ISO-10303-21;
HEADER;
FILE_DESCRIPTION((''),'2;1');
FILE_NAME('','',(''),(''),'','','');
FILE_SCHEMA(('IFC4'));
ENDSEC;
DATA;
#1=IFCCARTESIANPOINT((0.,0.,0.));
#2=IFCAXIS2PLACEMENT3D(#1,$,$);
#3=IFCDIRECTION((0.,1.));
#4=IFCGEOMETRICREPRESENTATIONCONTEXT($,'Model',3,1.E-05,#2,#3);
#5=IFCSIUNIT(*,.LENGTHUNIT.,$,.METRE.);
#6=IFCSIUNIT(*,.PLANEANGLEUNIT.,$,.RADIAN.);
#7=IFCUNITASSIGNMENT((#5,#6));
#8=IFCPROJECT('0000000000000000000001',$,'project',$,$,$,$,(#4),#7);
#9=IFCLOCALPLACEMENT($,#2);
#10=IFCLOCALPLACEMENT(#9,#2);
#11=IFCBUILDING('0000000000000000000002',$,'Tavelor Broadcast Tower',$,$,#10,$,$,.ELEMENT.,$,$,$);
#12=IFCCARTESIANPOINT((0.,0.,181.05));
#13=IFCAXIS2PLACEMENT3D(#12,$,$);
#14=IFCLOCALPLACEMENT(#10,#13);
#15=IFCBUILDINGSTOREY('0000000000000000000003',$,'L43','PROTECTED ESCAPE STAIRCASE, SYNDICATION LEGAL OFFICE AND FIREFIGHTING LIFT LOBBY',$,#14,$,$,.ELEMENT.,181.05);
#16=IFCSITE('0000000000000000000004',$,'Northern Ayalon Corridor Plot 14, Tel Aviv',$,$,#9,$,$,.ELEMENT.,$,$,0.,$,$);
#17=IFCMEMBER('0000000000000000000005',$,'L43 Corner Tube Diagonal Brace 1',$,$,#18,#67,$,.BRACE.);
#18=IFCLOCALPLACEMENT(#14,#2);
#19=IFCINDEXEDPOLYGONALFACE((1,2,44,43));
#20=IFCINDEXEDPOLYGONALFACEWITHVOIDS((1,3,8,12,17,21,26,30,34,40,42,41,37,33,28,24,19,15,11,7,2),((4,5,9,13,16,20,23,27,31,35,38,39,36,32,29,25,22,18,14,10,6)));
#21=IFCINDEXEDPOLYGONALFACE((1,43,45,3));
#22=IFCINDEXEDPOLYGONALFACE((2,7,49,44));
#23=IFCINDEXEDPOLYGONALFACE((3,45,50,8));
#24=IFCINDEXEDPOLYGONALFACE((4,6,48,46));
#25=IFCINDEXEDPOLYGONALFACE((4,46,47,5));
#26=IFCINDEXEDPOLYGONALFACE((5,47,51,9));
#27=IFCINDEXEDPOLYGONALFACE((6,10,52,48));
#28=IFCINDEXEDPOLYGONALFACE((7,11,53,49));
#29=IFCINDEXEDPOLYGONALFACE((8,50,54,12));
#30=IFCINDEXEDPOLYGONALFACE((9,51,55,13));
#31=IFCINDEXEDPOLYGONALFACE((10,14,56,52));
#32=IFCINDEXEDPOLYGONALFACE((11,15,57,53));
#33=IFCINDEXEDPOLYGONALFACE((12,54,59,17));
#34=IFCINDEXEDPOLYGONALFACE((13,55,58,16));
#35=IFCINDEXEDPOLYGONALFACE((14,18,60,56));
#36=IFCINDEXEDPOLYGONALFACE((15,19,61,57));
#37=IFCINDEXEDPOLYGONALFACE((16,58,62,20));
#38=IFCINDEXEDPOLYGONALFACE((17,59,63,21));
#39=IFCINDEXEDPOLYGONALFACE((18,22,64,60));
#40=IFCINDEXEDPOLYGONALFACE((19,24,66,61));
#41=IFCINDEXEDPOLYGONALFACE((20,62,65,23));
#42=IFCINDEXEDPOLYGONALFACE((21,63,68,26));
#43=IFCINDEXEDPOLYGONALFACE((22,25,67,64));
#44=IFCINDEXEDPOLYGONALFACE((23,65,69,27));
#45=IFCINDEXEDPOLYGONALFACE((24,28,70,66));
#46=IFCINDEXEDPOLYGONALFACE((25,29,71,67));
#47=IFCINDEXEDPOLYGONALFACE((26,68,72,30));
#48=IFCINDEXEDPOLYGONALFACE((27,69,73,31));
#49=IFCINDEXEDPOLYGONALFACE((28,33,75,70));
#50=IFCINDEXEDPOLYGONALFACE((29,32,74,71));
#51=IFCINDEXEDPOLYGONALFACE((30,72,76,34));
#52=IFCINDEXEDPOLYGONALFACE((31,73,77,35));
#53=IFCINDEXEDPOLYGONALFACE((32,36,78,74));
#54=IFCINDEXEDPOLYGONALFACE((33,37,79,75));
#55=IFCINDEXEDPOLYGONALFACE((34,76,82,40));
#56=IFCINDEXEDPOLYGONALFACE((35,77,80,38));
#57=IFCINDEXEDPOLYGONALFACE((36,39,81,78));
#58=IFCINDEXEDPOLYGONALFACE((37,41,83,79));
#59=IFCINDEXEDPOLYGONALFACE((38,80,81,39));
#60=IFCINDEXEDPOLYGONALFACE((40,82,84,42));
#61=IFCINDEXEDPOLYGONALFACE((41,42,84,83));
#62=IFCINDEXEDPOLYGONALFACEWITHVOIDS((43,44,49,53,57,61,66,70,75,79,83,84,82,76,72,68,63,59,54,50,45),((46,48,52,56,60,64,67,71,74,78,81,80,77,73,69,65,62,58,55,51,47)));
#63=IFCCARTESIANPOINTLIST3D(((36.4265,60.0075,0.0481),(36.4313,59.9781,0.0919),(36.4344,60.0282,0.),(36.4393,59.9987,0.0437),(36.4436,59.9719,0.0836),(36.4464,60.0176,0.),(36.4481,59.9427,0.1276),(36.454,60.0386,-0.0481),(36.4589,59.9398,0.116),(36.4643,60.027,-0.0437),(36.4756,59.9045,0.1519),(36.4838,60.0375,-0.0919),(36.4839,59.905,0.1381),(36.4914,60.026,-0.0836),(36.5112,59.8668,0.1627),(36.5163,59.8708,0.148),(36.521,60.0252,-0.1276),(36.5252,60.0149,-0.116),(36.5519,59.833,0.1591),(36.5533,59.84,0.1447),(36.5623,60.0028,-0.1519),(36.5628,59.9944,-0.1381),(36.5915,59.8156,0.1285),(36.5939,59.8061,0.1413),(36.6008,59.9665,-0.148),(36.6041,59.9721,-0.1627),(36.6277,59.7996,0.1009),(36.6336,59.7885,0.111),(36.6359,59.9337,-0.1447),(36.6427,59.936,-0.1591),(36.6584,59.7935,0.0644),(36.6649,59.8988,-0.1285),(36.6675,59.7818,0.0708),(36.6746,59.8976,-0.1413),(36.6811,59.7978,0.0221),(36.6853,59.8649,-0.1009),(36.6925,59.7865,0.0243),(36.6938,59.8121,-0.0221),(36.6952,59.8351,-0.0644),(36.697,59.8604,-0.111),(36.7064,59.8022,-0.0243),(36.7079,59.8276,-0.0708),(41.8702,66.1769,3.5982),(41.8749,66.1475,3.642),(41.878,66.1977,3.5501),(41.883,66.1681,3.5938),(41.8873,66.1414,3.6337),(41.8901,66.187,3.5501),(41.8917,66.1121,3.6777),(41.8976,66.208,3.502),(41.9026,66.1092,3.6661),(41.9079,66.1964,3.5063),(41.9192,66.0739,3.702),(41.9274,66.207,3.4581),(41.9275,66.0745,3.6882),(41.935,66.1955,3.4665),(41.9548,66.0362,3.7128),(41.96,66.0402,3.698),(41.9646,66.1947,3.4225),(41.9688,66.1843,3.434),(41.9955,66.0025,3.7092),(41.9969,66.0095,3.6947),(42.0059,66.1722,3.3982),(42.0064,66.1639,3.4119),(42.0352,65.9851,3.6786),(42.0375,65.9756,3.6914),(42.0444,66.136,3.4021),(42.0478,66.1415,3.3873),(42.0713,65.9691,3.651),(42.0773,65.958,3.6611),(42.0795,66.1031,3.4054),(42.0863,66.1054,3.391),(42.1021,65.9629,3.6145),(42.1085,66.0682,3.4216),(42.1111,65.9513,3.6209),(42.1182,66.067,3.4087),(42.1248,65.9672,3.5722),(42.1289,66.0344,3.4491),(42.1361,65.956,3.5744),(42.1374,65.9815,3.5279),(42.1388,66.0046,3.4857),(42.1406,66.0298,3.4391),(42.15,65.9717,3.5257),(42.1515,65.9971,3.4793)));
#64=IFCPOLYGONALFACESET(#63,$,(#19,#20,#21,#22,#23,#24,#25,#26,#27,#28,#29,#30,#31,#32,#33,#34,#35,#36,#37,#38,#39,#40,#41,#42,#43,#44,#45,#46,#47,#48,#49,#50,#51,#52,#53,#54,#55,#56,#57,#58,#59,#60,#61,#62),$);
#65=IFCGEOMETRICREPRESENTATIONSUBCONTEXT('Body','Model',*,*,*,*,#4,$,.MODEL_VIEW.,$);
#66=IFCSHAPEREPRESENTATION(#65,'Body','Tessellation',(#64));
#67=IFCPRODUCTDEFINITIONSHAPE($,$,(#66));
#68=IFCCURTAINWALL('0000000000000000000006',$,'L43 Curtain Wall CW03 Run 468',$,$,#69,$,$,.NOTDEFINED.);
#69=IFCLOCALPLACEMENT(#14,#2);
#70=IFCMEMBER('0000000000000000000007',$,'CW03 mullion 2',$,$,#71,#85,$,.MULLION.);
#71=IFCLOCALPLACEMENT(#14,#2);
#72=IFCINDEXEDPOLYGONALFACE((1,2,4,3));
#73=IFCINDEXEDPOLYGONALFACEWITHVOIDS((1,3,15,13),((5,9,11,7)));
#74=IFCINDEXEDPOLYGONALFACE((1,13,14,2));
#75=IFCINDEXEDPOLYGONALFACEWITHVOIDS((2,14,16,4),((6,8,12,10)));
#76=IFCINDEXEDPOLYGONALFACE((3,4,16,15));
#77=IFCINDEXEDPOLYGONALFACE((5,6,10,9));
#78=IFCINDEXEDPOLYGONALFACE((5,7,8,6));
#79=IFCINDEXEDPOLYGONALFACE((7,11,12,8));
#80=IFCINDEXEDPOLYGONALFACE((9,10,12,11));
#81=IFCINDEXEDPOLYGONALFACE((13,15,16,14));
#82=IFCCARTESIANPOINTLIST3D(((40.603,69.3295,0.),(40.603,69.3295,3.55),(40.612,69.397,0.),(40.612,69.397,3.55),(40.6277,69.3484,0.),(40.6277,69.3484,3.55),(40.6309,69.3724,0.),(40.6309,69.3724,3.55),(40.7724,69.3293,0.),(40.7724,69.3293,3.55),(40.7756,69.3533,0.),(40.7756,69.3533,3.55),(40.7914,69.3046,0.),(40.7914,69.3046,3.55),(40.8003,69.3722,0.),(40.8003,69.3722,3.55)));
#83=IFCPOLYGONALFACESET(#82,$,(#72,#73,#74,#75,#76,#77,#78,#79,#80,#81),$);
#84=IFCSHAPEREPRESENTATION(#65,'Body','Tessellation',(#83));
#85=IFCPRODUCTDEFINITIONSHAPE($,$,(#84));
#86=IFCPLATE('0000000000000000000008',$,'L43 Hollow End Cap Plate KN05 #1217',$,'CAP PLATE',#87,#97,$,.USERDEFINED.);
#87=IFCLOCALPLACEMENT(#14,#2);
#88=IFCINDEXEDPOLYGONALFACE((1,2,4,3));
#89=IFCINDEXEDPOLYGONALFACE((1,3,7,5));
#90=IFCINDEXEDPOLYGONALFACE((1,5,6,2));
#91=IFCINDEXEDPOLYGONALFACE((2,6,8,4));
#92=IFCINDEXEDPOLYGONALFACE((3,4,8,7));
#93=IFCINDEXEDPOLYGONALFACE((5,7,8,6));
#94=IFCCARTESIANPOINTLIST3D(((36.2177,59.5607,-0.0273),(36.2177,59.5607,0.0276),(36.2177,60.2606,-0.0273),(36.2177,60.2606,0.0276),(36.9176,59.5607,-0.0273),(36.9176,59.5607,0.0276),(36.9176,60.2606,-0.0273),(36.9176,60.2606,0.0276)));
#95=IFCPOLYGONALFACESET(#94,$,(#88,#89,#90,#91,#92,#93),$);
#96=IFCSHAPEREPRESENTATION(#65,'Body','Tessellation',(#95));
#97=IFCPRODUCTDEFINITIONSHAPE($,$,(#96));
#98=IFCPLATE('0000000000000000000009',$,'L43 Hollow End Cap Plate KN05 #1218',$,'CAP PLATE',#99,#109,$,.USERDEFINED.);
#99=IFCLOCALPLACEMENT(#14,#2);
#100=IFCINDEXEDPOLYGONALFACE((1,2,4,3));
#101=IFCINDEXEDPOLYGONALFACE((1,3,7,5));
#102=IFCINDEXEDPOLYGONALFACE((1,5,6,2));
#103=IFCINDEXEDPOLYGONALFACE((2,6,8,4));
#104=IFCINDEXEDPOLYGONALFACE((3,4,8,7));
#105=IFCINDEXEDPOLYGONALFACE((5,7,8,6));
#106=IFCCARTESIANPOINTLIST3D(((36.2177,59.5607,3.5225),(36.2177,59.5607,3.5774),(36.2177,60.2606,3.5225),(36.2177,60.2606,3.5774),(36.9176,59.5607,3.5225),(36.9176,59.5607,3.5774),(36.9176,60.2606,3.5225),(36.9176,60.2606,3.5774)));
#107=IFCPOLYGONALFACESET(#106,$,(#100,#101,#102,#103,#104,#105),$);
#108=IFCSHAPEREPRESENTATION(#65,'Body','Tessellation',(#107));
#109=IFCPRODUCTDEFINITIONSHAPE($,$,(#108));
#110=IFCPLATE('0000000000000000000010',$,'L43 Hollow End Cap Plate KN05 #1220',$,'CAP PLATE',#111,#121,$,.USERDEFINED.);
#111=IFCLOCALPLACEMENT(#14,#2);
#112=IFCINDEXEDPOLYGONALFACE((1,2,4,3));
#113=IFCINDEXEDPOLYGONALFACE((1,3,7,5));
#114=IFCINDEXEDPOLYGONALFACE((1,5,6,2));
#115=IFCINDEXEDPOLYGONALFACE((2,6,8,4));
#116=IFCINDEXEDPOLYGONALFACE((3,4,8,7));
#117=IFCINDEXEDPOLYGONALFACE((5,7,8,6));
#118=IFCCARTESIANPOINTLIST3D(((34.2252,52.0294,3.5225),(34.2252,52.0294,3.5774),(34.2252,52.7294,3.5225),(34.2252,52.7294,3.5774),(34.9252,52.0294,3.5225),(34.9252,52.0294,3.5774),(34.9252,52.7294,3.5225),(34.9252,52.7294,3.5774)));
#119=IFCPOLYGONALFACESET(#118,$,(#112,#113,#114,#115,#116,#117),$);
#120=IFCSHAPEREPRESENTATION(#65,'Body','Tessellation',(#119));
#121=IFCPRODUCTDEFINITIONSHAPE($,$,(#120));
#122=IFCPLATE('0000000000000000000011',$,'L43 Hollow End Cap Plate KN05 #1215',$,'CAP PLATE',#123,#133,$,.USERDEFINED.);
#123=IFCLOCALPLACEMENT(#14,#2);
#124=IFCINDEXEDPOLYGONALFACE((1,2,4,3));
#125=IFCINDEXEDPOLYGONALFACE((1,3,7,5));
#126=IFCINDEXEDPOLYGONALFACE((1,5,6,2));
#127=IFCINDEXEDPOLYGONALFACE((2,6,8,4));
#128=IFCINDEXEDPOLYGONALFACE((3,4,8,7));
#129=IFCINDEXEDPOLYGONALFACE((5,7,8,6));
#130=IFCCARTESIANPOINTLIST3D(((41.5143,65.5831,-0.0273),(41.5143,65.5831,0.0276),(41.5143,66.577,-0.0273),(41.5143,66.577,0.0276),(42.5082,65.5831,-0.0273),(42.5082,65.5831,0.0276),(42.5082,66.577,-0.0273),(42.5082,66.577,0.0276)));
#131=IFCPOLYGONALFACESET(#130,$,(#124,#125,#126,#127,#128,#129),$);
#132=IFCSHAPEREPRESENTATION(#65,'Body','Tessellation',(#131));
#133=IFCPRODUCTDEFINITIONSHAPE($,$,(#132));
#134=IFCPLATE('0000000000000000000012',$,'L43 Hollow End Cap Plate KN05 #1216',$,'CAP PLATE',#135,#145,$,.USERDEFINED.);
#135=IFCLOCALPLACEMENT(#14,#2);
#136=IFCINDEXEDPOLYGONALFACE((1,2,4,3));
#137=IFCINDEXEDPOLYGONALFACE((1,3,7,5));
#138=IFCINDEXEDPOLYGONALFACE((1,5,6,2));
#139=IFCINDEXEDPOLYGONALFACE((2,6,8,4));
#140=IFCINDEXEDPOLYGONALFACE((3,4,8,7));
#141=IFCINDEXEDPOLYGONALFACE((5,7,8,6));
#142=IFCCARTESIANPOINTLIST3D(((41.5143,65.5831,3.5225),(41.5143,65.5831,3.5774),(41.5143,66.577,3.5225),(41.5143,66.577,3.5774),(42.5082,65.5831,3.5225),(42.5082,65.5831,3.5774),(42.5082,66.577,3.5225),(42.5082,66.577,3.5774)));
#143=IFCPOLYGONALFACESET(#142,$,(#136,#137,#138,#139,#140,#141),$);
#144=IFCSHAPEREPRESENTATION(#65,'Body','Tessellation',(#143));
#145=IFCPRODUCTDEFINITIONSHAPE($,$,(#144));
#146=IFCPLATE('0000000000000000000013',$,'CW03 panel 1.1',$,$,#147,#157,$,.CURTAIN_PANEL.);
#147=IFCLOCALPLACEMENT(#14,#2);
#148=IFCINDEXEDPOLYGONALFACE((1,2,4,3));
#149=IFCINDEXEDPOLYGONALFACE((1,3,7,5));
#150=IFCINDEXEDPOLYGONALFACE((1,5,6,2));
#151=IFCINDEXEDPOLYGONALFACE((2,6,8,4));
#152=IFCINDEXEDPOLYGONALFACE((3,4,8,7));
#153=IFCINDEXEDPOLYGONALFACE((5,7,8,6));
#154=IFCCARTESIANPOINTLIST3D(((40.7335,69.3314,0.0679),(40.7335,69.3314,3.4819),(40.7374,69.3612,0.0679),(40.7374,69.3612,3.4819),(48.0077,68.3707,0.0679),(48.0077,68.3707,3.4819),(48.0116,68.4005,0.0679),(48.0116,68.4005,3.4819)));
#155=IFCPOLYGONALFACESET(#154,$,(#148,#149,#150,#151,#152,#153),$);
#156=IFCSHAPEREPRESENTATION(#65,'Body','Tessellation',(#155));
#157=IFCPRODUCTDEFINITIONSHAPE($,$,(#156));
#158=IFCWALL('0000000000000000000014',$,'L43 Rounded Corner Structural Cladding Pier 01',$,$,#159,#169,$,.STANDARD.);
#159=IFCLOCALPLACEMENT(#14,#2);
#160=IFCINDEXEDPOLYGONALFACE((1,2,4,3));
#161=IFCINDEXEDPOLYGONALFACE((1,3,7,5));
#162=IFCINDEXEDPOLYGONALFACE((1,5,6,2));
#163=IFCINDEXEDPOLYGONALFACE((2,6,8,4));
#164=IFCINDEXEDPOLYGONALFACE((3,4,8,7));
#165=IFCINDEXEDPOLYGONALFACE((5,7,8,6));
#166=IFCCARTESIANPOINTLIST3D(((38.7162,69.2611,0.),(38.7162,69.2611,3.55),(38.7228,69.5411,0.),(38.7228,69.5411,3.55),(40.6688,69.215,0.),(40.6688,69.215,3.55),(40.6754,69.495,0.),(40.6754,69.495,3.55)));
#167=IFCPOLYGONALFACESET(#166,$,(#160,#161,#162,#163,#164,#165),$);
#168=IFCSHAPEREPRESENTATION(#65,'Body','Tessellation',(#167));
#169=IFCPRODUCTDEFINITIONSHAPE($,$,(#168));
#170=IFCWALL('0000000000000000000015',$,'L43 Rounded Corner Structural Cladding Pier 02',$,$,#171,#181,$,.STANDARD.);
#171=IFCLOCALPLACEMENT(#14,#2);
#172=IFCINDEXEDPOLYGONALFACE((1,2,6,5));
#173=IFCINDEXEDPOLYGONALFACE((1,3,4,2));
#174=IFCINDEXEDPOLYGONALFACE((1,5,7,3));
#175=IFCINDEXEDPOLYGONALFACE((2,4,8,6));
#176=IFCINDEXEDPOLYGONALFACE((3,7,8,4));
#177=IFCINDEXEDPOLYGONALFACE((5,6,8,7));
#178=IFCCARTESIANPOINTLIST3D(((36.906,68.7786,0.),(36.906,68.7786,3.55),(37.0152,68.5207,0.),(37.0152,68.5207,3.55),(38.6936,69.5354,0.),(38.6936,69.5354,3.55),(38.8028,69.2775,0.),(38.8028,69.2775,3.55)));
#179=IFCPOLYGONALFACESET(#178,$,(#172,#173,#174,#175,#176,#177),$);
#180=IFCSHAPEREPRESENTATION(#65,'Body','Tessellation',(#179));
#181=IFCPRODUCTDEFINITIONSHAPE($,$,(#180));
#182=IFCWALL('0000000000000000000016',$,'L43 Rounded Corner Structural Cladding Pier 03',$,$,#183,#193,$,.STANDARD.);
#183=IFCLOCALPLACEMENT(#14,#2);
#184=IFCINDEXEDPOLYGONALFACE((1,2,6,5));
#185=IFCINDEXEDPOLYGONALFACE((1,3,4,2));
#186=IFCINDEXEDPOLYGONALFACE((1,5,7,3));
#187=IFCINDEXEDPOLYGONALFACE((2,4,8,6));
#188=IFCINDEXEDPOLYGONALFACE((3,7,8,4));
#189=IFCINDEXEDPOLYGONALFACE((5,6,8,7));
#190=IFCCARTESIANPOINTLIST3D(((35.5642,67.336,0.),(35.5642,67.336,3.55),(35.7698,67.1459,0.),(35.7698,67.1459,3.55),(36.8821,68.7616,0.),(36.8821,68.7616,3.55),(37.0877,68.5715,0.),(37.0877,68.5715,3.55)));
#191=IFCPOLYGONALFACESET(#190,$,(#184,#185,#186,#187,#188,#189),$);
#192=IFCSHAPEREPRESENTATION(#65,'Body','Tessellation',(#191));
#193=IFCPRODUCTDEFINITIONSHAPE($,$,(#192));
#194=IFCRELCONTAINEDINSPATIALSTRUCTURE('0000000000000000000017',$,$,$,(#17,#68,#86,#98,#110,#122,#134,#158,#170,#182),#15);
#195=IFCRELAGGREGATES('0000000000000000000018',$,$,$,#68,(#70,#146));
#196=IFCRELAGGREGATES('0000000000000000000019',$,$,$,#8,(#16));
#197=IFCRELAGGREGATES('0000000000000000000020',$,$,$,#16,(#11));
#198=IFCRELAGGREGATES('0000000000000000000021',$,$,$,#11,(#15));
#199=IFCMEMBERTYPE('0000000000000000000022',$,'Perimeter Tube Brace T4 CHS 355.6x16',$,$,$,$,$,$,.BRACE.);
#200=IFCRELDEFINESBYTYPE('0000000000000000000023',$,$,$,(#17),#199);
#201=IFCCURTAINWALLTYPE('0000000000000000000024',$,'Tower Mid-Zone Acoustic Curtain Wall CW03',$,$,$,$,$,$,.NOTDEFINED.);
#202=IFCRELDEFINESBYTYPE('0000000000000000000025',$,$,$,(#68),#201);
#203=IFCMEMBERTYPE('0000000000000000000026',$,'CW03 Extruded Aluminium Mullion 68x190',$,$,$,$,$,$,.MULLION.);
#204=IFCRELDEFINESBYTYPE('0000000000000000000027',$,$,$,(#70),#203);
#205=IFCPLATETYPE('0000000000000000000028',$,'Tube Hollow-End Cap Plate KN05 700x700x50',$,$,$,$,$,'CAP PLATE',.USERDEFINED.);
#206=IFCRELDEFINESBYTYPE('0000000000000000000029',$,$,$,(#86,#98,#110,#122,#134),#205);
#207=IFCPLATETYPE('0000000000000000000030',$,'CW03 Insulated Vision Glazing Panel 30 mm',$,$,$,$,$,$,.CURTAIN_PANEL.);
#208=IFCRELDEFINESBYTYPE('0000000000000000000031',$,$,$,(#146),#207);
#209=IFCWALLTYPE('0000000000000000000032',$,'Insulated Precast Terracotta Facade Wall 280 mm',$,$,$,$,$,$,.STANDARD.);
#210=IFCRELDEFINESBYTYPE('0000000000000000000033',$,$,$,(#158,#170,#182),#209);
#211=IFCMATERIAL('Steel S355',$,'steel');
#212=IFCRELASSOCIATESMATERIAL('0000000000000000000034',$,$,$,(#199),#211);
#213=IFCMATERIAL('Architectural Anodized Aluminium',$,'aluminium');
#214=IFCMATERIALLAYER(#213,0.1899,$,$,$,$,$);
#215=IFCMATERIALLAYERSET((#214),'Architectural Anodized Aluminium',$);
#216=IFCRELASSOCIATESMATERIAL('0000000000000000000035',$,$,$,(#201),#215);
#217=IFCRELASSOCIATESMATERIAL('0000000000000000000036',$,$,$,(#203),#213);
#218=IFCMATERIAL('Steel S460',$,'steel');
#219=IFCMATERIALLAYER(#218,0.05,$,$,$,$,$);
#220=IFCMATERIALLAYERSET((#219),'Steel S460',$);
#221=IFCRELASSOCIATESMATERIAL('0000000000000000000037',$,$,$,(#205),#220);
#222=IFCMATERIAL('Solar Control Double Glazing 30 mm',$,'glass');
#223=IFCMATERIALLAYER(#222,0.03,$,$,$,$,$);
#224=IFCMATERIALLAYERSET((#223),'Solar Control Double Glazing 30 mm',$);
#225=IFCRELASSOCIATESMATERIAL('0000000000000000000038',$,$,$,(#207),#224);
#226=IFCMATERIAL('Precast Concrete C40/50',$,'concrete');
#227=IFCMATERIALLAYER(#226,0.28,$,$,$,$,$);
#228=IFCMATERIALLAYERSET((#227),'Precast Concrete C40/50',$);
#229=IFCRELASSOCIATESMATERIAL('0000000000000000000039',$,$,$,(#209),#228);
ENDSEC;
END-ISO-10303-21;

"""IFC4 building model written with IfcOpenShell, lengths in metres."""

from ifc_helpers import new_model, si_unit, direction, frame, frame_2d, origin, origin_2d, place, context, subcontext, project, spatial, rectangle, hollow_rectangle, hollow_circle, extrude, source, transform, mapped, material, layer, layer_set, material_profile, profile_set, type_object, type_shapes, element, aggregate, save


model = new_model("IFC4")

# Units and contexts
model_context = context("Model", 3, precision=1e-05, world=origin(), true_north=direction((0.0, 1.0)))
body_context = subcontext(model_context, "Body", "Model", "MODEL_VIEW")
ifc_project = project(units=[si_unit("LENGTHUNIT", "METRE"), si_unit("PLANEANGLEUNIT", "RADIAN")], contexts=[model_context])

# Site, building, storey
site_placement = place(None, origin())
site = spatial("IfcSite", under=ifc_project, at=site_placement, Name="Northern Ayalon Corridor Plot 14, Tel Aviv", CompositionType="ELEMENT", RefElevation=0.0)
building_placement = place(site_placement, origin())
building = spatial("IfcBuilding", under=site, at=building_placement, Name="Tavelor Broadcast Tower", CompositionType="ELEMENT")
storey_placement = place(building_placement, frame((0.0, 0.0, 181.05)))
storey = spatial("IfcBuildingStorey", under=building, at=storey_placement, Name="L43", Description="PROTECTED ESCAPE STAIRCASE, SYNDICATION LEGAL OFFICE AND FIREFIGHTING LIFT LOBBY", CompositionType="ELEMENT", Elevation=181.05)

# Shared definitions
ifc_material_1 = material(Name="Steel S460", Category="steel")

# Shared definitions
ifc_material_2 = material(Name="Steel S355", Category="steel")

# Member
ifc_material_profile_1 = material_profile(ifc_material_2, hollow_circle(Radius=0.1777, WallThickness=0.0161, at=origin_2d()), Name="CHS 355.6x16")
ifc_profile_set_1 = profile_set([ifc_material_profile_1], Name="Steel S355")
member_type_1 = type_object("IfcMemberType", Name="Perimeter Tube Brace T4 CHS 355.6x16", PredefinedType="BRACE", material=ifc_profile_set_1)
member_1_placement = place(storey_placement, frame((36.5676, 59.9106, 0.0), z_axis=(0.607485, 0.688484, 0.396171), x_axis=(-0.749839, 0.661621, 0.0)))
element("IfcMember", 1, at=member_1_placement, inside=storey, type_object=member_type_1, Name="L43 Corner Tube Diagonal Brace 1", PredefinedType="BRACE", context=body_context, shape_type="SweptSolid", body=[
    extrude(hollow_circle(Radius=0.1777, WallThickness=0.0161, at=origin_2d()), origin(), (0.0, 0.0, 1.0), 8.9609),
])

# Curtain wall, member
ifc_material_3 = material(Name="Architectural Anodized Aluminium", Category="aluminium")
ifc_layer_1 = layer(ifc_material_3, 0.1899)
ifc_layer_set_1 = layer_set([ifc_layer_1], Name="Architectural Anodized Aluminium")
curtain_wall_type = type_object("IfcCurtainWallType", Name="Tower Mid-Zone Acoustic Curtain Wall CW03", PredefinedType="NOTDEFINED", material=ifc_layer_set_1)
curtain_wall_placement = place(storey_placement, origin())
curtain_wall = element("IfcCurtainWall", 2, at=curtain_wall_placement, inside=storey, type_object=curtain_wall_type, Name="L43 Curtain Wall CW03 Run 468", PredefinedType="NOTDEFINED")
ifc_material_profile_2 = material_profile(ifc_material_3, hollow_rectangle(XDim=0.0681, YDim=0.1899, WallThickness=0.022, at=origin_2d()), Name="RHS 68x190x22")
ifc_profile_set_2 = profile_set([ifc_material_profile_2], Name="Architectural Anodized Aluminium")
member_type_2 = type_object("IfcMemberType", Name="CW03 Extruded Aluminium Mullion 68x190", PredefinedType="MULLION", material=ifc_profile_set_2)
shared_shape_1 = source(origin(), body_context, "Body", "SweptSolid", [
    extrude(hollow_rectangle(XDim=0.0681, YDim=0.1899, WallThickness=0.022, at=origin_2d()), origin(), (0.0, 0.0, 1.0), 3.55),
])
type_shapes(member_type_2, [shared_shape_1])
member_2_placement = place(storey_placement, frame((40.7017, 69.3508, 0.0), z_axis=(0.0, 0.0, 1.0), x_axis=(-0.13093, -0.991392, 0.0)))
member_2 = element("IfcMember", 3, at=member_2_placement, type_object=member_type_2, Name="CW03 mullion 2", PredefinedType="MULLION", context=body_context, shape_type="MappedRepresentation", body=[
    mapped(shared_shape_1, transform((0.0, 0.0, 0.0), scale=1.0)),
])

# Plates
ifc_layer_2 = layer(ifc_material_1, 0.05)
ifc_layer_set_2 = layer_set([ifc_layer_2], Name="Steel S460")
plate_type_1 = type_object("IfcPlateType", Name="Tube Hollow-End Cap Plate KN05 700x700x50", ElementType="CAP PLATE", PredefinedType="USERDEFINED", material=ifc_layer_set_2)
shared_shape_2 = source(origin(), body_context, "Body", "SweptSolid", [
    extrude(rectangle(XDim=0.7, YDim=0.7, at=origin_2d()), origin(), (0.0, 0.0, 1.0), 0.0549),
])
for number, where, z_axis, x_axis, name in (
    (4, (36.5676, 59.9106, -0.0273), (0.0, 0.0, 1.0), (1.0, 0.0, 0.0), "L43 Hollow End Cap Plate KN05 #1217"),
    (5, (36.5676, 59.9106, 3.5225), (0.0, 0.0, 1.0), (1.0, 0.0, 0.0), "L43 Hollow End Cap Plate KN05 #1218"),
    (6, (34.5752, 52.3794, 3.5225), (0.0, 0.0, 1.0), (1.0, 0.0, 0.0), "L43 Hollow End Cap Plate KN05 #1220"),
):
    element("IfcPlate", number, at=place(storey_placement, frame(where, z_axis=z_axis, x_axis=x_axis)), inside=storey, type_object=plate_type_1, Name=name, ObjectType="CAP PLATE", PredefinedType="USERDEFINED", context=body_context, shape_type="MappedRepresentation", body=[
        mapped(shared_shape_2, transform((0.0, 0.0, 0.0), scale=1.0)),
    ])
shared_shape_3 = source(origin(), body_context, "Body", "SweptSolid", [
    extrude(rectangle(XDim=0.9939, YDim=0.9939, at=origin_2d()), origin(), (0.0, 0.0, 1.0), 0.0549),
])
type_shapes(plate_type_1, [shared_shape_2, shared_shape_3])
for number, where, z_axis, x_axis, name in (
    (7, (42.0112, 66.0801, -0.0273), (0.0, 0.0, 1.0), (1.0, 0.0, 0.0), "L43 Hollow End Cap Plate KN05 #1215"),
    (8, (42.0112, 66.0801, 3.5225), (0.0, 0.0, 1.0), (1.0, 0.0, 0.0), "L43 Hollow End Cap Plate KN05 #1216"),
):
    element("IfcPlate", number, at=place(storey_placement, frame(where, z_axis=z_axis, x_axis=x_axis)), inside=storey, type_object=plate_type_1, Name=name, ObjectType="CAP PLATE", PredefinedType="USERDEFINED", context=body_context, shape_type="MappedRepresentation", body=[
        mapped(shared_shape_3, transform((0.0, 0.0, 0.0), scale=1.0)),
    ])

# Plate
ifc_material_4 = material(Name="Solar Control Double Glazing 30 mm", Category="glass")
ifc_layer_3 = layer(ifc_material_4, 0.03)
ifc_layer_set_3 = layer_set([ifc_layer_3], Name="Solar Control Double Glazing 30 mm")
plate_type_2 = type_object("IfcPlateType", Name="CW03 Insulated Vision Glazing Panel 30 mm", PredefinedType="CURTAIN_PANEL", material=ifc_layer_set_3)
shared_shape_4 = source(origin(), body_context, "Body", "SweptSolid", [
    extrude(rectangle(XDim=7.3374, YDim=0.03, at=origin_2d()), origin(), (0.0, 0.0, 1.0), 3.4141),
])
type_shapes(plate_type_2, [shared_shape_4])
plate_placement = place(storey_placement, frame((44.3726, 68.866, 0.0679), z_axis=(0.0, 0.0, 1.0), x_axis=(-0.991392, 0.13093, 0.0)))
plate = element("IfcPlate", 9, at=plate_placement, type_object=plate_type_2, Name="CW03 panel 1.1", PredefinedType="CURTAIN_PANEL", context=body_context, shape_type="MappedRepresentation", body=[
    mapped(shared_shape_4, transform((0.0, 0.0, 0.0), scale=1.0)),
])
aggregate(curtain_wall, [member_2, plate])

# Walls
ifc_material_5 = material(Name="Precast Concrete C40/50", Category="concrete")
ifc_layer_4 = layer(ifc_material_5, 0.28)
ifc_layer_set_4 = layer_set([ifc_layer_4], Name="Precast Concrete C40/50")
wall_type_1 = type_object("IfcWallType", Name="Insulated Precast Terracotta Facade Wall 280 mm", PredefinedType="STANDARD", material=ifc_layer_set_4)
wall_1_placement = place(storey_placement, frame((40.6721, 69.355, 0.0), z_axis=(0.0, 0.0, 1.0), x_axis=(-0.999721, 0.023624, 0.0)))
element("IfcWall", 10, at=wall_1_placement, inside=storey, type_object=wall_type_1, Name="L43 Rounded Corner Structural Cladding Pier 01", PredefinedType="STANDARD", context=body_context, shape_type="SweptSolid", body=[
    extrude(rectangle(XDim=1.9531, YDim=0.28, at=frame_2d((0.9766, 0.0))), origin(), (0.0, 0.0, 1.0), 3.55),
])
wall_2_placement = place(storey_placement, frame((38.7483, 69.4065, 0.0), z_axis=(0.0, 0.0, 1.0), x_axis=(-0.920867, -0.389878, 0.0)))
element("IfcWall", 11, at=wall_2_placement, inside=storey, type_object=wall_type_1, Name="L43 Rounded Corner Structural Cladding Pier 02", PredefinedType="STANDARD", context=body_context, shape_type="SweptSolid", body=[
    extrude(rectangle(XDim=1.9412, YDim=0.28, at=frame_2d((0.9707, 0.0))), origin(), (0.0, 0.0, 1.0), 3.55),
])
wall_3_placement = place(storey_placement, frame((36.9849, 68.6665, 0.0), z_axis=(0.0, 0.0, 1.0), x_axis=(-0.678834, -0.734292, 0.0)))
element("IfcWall", 12, at=wall_3_placement, inside=storey, type_object=wall_type_1, Name="L43 Rounded Corner Structural Cladding Pier 03", PredefinedType="STANDARD", context=body_context, shape_type="SweptSolid", body=[
    extrude(rectangle(XDim=1.9414, YDim=0.28, at=frame_2d((0.9707, 0.0))), origin(), (0.0, 0.0, 1.0), 3.55),
])

save(model, "model.ifc")
